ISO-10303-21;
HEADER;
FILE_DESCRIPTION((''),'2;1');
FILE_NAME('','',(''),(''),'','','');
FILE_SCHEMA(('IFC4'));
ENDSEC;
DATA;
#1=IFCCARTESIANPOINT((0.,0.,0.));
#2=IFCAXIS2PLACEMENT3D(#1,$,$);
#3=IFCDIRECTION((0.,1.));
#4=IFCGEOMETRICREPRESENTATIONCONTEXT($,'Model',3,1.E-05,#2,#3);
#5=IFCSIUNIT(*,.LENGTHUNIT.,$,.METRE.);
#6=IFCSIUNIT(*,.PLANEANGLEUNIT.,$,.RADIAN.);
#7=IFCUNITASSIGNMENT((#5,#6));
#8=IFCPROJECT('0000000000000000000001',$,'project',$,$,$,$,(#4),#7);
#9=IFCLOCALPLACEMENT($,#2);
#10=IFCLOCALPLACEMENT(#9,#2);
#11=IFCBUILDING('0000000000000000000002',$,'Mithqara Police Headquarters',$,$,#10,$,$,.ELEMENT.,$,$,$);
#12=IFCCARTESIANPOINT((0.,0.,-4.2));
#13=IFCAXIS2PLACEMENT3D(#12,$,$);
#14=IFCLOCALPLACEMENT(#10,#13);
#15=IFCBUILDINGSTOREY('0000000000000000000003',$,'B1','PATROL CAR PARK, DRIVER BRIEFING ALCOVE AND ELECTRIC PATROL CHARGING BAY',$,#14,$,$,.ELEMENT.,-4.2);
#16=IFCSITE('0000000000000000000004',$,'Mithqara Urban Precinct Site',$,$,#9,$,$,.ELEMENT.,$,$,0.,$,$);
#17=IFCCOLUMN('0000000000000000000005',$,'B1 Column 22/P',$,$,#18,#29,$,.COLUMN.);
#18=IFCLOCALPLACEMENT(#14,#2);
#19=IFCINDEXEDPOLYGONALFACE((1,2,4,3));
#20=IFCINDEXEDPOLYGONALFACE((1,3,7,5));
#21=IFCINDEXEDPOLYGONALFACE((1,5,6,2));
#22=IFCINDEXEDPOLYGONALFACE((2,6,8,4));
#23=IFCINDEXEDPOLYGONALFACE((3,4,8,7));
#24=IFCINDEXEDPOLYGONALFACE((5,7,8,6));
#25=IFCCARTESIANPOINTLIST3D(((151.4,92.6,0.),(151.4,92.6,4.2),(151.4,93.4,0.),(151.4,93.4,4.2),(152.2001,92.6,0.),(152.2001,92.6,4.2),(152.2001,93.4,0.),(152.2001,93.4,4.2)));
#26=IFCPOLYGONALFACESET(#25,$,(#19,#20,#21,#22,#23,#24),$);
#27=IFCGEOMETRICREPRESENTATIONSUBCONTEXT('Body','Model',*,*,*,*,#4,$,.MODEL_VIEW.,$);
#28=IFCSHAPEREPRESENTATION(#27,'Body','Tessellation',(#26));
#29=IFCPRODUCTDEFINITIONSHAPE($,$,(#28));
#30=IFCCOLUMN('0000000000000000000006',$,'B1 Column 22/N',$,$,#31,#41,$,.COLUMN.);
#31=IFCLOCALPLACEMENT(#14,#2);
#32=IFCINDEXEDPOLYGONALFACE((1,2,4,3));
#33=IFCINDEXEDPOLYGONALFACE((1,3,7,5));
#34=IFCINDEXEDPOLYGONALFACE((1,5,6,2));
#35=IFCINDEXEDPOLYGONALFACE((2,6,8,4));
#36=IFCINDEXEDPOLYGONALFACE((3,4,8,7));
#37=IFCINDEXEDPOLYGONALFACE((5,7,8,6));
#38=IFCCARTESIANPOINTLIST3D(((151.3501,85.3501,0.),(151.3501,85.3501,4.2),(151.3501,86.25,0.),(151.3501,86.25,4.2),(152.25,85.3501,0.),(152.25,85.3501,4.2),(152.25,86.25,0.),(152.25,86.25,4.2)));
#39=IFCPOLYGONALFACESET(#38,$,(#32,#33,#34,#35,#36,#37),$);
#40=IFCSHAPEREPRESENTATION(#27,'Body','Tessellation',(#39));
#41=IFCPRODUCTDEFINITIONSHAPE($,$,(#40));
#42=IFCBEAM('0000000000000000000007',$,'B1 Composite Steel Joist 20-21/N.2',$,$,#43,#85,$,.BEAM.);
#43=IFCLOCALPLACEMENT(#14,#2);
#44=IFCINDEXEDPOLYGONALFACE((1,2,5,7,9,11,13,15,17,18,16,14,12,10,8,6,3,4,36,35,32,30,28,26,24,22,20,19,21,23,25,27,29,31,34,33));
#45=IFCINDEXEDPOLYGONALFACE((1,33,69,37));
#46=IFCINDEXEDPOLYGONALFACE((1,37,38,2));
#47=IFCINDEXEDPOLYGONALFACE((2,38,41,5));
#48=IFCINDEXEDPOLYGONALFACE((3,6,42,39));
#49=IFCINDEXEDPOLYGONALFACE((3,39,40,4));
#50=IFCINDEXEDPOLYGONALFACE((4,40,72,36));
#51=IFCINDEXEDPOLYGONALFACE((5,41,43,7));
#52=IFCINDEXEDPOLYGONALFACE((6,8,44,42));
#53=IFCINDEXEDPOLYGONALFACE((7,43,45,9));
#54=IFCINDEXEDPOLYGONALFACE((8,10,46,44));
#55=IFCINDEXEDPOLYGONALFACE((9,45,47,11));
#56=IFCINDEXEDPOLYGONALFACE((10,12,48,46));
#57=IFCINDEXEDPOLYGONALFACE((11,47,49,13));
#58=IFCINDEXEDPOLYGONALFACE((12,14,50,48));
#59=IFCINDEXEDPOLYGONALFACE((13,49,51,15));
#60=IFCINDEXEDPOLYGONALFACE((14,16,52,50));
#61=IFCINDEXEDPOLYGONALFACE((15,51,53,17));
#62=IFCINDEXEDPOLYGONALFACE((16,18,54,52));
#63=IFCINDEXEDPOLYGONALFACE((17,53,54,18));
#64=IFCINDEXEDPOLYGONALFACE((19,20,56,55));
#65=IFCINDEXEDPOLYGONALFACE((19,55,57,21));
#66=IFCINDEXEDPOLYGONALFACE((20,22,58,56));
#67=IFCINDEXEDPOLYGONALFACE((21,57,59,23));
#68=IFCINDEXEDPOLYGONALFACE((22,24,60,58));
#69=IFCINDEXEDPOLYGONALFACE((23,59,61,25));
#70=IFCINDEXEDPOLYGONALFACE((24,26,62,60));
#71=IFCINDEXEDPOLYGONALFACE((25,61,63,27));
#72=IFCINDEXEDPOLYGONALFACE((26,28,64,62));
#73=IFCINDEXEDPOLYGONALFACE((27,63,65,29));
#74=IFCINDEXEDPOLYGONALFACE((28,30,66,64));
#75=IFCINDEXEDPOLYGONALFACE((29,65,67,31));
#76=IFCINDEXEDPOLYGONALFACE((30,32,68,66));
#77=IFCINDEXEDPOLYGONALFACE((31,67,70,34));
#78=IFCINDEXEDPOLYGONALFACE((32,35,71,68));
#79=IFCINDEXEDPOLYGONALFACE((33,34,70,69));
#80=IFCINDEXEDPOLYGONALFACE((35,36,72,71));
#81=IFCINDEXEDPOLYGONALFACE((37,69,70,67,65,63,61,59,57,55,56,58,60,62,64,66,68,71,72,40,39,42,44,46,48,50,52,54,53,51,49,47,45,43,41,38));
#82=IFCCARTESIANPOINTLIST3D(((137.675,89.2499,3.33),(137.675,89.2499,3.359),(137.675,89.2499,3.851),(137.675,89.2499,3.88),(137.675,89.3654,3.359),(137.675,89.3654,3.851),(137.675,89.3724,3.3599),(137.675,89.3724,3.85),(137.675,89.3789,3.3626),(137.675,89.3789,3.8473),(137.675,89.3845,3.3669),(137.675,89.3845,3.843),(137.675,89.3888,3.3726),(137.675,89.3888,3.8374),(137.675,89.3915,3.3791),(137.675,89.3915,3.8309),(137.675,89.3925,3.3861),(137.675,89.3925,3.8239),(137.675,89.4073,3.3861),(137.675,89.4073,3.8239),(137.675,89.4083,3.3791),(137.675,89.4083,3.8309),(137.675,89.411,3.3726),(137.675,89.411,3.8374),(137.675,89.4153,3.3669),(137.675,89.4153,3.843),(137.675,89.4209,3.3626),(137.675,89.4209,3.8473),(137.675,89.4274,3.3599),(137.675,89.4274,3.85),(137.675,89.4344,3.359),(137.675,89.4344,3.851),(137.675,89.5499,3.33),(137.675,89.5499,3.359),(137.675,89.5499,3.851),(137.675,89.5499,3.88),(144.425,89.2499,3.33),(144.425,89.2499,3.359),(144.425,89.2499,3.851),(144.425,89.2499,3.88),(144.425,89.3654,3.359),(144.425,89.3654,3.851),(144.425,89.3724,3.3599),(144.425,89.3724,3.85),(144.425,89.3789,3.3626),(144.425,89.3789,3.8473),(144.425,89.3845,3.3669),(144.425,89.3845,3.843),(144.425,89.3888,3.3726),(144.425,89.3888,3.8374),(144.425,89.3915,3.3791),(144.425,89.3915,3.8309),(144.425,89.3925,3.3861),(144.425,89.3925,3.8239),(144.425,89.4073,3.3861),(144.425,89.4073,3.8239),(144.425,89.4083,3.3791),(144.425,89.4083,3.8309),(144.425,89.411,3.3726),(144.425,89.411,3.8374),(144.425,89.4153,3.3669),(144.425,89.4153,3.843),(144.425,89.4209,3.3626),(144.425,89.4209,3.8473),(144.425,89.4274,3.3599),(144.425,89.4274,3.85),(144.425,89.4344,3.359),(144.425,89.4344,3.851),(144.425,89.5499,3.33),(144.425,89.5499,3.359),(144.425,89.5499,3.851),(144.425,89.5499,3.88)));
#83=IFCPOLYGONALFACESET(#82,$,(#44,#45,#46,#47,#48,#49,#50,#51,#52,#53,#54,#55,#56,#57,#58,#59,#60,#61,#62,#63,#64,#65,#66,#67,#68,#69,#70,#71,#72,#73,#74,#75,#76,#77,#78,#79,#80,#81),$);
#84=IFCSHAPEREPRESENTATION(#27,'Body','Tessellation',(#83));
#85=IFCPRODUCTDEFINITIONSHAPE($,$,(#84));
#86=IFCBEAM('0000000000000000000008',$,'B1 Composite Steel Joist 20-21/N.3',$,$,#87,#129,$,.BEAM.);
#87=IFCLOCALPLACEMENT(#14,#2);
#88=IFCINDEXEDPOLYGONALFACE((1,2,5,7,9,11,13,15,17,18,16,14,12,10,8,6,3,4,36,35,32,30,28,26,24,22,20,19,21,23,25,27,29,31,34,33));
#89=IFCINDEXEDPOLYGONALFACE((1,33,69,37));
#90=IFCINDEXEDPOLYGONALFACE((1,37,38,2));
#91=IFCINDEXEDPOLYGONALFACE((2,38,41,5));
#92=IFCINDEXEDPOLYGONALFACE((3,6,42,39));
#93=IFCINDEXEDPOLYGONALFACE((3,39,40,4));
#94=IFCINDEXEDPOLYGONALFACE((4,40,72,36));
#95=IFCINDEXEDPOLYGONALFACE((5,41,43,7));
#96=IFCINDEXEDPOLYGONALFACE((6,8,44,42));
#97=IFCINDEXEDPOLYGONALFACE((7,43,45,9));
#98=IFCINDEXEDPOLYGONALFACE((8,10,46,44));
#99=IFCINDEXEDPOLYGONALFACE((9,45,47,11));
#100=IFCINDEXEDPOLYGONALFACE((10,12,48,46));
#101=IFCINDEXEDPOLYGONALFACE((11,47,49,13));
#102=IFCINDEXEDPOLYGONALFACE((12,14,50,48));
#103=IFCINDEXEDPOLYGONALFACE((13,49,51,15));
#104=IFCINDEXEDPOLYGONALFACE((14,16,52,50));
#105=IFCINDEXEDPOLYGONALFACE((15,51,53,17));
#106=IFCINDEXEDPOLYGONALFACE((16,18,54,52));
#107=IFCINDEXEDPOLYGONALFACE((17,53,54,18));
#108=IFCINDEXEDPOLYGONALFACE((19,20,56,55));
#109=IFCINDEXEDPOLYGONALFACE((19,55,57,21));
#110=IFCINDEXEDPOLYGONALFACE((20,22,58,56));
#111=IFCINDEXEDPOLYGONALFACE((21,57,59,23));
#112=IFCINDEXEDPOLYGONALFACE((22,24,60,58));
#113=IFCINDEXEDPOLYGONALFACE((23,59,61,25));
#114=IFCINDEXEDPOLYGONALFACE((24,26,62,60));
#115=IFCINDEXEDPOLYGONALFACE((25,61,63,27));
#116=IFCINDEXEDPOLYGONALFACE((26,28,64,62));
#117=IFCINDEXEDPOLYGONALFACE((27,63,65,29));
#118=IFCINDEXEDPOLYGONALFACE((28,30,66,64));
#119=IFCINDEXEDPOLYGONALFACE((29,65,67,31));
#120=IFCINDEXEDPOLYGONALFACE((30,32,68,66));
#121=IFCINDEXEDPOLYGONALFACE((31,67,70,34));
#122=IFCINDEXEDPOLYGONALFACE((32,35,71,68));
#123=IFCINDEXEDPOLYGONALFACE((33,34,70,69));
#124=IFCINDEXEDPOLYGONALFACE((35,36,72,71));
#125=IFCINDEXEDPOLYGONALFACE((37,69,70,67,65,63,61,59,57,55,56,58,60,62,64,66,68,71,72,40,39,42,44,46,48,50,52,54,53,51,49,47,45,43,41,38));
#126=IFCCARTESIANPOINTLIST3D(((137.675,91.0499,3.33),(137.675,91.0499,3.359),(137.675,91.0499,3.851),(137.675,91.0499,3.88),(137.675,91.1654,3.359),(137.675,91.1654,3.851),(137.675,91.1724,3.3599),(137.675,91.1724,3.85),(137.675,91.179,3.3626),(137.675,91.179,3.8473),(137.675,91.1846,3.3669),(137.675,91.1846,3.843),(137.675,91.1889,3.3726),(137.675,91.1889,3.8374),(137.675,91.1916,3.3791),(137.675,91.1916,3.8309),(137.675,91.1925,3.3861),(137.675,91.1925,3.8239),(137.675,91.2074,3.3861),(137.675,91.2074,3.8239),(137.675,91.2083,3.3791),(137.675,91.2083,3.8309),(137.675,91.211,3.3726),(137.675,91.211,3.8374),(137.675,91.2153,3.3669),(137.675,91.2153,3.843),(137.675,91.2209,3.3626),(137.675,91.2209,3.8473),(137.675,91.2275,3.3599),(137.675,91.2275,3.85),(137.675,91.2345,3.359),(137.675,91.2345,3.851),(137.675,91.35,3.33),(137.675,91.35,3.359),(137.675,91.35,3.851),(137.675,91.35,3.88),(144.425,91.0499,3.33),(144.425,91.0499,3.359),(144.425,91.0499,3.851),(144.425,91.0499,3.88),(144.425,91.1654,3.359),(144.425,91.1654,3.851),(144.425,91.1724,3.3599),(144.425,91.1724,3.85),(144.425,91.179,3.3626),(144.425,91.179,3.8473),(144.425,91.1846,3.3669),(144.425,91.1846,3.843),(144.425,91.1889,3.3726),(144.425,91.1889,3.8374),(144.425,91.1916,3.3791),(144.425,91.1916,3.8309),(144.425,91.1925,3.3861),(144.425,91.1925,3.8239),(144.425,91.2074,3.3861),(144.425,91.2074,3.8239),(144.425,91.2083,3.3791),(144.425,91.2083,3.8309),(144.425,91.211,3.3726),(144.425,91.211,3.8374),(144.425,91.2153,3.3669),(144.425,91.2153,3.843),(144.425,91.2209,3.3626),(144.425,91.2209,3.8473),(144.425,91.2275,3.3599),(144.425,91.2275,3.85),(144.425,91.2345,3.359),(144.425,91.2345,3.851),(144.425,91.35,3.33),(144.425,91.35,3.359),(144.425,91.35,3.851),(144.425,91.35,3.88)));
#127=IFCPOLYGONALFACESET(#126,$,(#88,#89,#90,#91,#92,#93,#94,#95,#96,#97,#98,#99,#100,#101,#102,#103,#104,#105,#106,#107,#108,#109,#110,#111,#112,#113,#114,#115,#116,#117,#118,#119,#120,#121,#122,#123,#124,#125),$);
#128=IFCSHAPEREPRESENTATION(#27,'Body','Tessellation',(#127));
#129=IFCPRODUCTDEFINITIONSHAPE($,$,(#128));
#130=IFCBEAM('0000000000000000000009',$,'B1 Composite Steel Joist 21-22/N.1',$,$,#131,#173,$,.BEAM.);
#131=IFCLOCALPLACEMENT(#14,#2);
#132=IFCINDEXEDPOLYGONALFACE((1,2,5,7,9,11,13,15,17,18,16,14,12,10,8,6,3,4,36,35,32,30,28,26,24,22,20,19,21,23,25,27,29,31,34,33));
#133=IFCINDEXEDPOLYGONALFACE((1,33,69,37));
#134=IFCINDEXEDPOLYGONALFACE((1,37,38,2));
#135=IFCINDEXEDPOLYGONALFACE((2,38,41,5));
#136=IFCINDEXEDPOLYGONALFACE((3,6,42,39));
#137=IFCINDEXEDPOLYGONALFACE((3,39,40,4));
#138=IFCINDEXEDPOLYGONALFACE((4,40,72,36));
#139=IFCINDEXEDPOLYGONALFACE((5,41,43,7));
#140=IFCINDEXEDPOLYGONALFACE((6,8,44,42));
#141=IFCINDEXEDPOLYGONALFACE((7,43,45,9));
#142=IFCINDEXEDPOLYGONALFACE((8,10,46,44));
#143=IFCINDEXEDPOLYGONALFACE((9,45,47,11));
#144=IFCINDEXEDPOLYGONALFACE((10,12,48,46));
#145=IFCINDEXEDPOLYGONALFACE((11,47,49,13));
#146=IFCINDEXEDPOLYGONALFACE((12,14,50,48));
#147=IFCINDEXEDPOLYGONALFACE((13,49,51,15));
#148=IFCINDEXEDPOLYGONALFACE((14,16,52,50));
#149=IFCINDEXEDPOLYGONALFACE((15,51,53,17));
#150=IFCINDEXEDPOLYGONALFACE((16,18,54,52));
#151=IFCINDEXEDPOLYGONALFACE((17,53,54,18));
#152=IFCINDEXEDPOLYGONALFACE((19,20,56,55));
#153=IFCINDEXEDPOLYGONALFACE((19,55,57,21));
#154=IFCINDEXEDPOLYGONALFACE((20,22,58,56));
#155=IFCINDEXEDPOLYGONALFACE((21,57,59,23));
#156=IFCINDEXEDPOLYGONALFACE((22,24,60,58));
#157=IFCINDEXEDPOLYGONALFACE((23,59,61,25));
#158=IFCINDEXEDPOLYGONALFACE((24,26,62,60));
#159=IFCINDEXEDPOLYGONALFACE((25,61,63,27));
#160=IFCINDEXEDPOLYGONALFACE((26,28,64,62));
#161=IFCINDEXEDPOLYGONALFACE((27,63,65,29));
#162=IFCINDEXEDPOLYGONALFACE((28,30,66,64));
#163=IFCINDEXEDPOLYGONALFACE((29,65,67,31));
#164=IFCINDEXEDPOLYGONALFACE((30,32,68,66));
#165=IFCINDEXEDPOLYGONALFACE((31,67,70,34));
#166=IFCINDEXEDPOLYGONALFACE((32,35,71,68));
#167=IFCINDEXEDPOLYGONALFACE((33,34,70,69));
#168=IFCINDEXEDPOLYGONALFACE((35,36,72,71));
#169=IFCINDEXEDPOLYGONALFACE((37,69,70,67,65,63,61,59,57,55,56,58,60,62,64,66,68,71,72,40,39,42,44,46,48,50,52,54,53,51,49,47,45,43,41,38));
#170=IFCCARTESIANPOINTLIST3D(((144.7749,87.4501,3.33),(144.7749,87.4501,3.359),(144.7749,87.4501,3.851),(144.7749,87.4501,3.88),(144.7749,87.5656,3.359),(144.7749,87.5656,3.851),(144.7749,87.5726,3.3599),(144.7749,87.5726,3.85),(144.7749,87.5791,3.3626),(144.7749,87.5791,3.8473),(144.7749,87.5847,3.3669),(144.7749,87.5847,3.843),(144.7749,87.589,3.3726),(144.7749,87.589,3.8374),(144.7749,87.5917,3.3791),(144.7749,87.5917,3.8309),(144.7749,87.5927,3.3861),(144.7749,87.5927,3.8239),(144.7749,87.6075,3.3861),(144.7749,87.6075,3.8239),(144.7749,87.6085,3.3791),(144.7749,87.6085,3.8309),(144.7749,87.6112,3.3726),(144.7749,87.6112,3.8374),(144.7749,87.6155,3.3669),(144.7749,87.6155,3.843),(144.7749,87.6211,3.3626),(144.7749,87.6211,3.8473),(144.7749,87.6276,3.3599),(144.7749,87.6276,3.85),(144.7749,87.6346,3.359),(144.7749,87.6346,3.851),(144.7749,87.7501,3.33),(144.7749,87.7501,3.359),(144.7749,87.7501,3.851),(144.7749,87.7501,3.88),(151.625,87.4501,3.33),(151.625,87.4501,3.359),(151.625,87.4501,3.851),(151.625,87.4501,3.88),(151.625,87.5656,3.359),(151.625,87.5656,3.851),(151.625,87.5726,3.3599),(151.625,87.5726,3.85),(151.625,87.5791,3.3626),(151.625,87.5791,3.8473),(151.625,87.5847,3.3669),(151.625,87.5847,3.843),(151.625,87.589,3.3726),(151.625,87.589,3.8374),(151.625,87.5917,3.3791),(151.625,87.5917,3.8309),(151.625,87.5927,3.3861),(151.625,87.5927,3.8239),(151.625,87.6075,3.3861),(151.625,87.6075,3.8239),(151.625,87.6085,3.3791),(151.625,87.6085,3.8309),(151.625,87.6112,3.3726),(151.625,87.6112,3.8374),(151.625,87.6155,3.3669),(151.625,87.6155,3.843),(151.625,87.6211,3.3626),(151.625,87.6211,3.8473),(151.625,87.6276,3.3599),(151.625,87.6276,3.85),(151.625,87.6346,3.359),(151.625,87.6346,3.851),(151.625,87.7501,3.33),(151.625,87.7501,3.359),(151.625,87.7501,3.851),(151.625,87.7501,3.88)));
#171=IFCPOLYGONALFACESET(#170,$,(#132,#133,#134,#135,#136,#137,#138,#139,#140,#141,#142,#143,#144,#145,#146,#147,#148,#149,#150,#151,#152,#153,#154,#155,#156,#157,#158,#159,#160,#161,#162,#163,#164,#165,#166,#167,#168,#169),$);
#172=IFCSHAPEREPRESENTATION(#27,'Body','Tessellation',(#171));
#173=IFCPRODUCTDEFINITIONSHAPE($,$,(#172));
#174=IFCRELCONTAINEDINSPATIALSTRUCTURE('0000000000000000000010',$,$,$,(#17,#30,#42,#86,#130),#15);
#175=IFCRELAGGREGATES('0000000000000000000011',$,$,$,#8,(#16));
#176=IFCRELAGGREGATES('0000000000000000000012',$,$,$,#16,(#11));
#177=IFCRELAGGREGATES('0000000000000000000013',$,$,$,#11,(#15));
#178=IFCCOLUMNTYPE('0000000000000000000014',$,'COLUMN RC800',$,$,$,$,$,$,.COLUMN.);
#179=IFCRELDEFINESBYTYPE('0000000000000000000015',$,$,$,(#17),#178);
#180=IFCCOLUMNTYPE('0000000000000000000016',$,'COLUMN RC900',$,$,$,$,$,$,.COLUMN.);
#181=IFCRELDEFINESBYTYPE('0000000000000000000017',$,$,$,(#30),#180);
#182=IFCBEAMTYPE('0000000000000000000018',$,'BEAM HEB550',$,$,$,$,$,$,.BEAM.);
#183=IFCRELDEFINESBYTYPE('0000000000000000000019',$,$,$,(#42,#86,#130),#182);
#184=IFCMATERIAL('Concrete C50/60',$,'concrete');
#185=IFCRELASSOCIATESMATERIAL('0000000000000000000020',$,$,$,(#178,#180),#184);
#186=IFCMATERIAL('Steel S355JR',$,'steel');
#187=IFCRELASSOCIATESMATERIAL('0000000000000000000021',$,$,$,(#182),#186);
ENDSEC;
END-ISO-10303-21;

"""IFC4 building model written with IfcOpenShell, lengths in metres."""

from ifc_helpers import new_model, si_unit, direction, frame, origin, origin_2d, place, context, subcontext, project, spatial, rectangle, i_section, extrude, material, material_profile, profile_set, type_object, element, save


model = new_model("IFC4")

# Units and contexts
model_context = context("Model", 3, precision=1e-05, world=origin(), true_north=direction((0.0, 1.0)))
body_context = subcontext(model_context, "Body", "Model", "MODEL_VIEW")
ifc_project = project(units=[si_unit("LENGTHUNIT", "METRE"), si_unit("PLANEANGLEUNIT", "RADIAN")], contexts=[model_context])

# Site, building, storey
site_placement = place(None, origin())
site = spatial("IfcSite", under=ifc_project, at=site_placement, Name="Mithqara Urban Precinct Site", CompositionType="ELEMENT", RefElevation=0.0)
building_placement = place(site_placement, origin())
building = spatial("IfcBuilding", under=site, at=building_placement, Name="Mithqara Police Headquarters", CompositionType="ELEMENT")
storey_placement = place(building_placement, frame((0.0, 0.0, -4.2)))
storey = spatial("IfcBuildingStorey", under=building, at=storey_placement, Name="B1", Description="PATROL CAR PARK, DRIVER BRIEFING ALCOVE AND ELECTRIC PATROL CHARGING BAY", CompositionType="ELEMENT", Elevation=-4.2)

# Columns
ifc_material_1 = material(Name="Concrete C50/60", Category="concrete")
ifc_material_profile_1 = material_profile(ifc_material_1, rectangle(XDim=0.8, YDim=0.8, at=origin_2d()), Name="RC 800x800")
ifc_profile_set_1 = profile_set([ifc_material_profile_1], Name="Concrete C50/60")
column_type_1 = type_object("IfcColumnType", Name="COLUMN RC800", PredefinedType="COLUMN", material=ifc_profile_set_1)
column_1_placement = place(storey_placement, frame((151.8, 93.0, 0.0), z_axis=(0.0, 0.0, 1.0), x_axis=(1.0, 0.0, 0.0)))
element("IfcColumn", 1, at=column_1_placement, inside=storey, type_object=column_type_1, Name="B1 Column 22/P", PredefinedType="COLUMN", context=body_context, shape_type="SweptSolid", body=[
    extrude(rectangle(XDim=0.8, YDim=0.8, at=origin_2d()), origin(), (0.0, 0.0, 1.0), 4.2),
])
ifc_material_profile_2 = material_profile(ifc_material_1, rectangle(XDim=0.8999, YDim=0.8999, at=origin_2d()), Name="RC 900x900")
ifc_profile_set_2 = profile_set([ifc_material_profile_2], Name="Concrete C50/60")
column_type_2 = type_object("IfcColumnType", Name="COLUMN RC900", PredefinedType="COLUMN", material=ifc_profile_set_2)
column_2_placement = place(storey_placement, frame((151.8, 85.8, 0.0), z_axis=(0.0, 0.0, 1.0), x_axis=(1.0, 0.0, 0.0)))
element("IfcColumn", 2, at=column_2_placement, inside=storey, type_object=column_type_2, Name="B1 Column 22/N", PredefinedType="COLUMN", context=body_context, shape_type="SweptSolid", body=[
    extrude(rectangle(XDim=0.8999, YDim=0.8999, at=origin_2d()), origin(), (0.0, 0.0, 1.0), 4.2),
])

# Beams
ifc_material_2 = material(Name="Steel S355JR", Category="steel")
ifc_material_profile_3 = material_profile(ifc_material_2, i_section(OverallWidth=0.3, OverallDepth=0.55, WebThickness=0.0149, FlangeThickness=0.0291, FilletRadius=0.0271, at=origin_2d()), Name="HEB 550")
ifc_profile_set_3 = profile_set([ifc_material_profile_3], Name="Steel S355JR")
beam_type_1 = type_object("IfcBeamType", Name="BEAM HEB550", PredefinedType="BEAM", material=ifc_profile_set_3)
for number, where, z_axis, x_axis, name in (
    (3, (137.675, 89.3999, 3.605), (1.0, 0.0, 0.0), (0.0, 1.0, 0.0), "B1 Composite Steel Joist 20-21/N.2"),
    (4, (137.675, 91.2, 3.605), (1.0, 0.0, 0.0), (0.0, 1.0, 0.0), "B1 Composite Steel Joist 20-21/N.3"),
):
    element("IfcBeam", number, at=place(storey_placement, frame(where, z_axis=z_axis, x_axis=x_axis)), inside=storey, type_object=beam_type_1, Name=name, PredefinedType="BEAM", context=body_context, shape_type="SweptSolid", body=[
        extrude(i_section(OverallWidth=0.3, OverallDepth=0.55, WebThickness=0.0149, FlangeThickness=0.0291, FilletRadius=0.0271, at=origin_2d()), origin(), (0.0, 0.0, 1.0), 6.75),
    ])
for number, where, z_axis, x_axis, name in (
    (5, (144.7749, 87.6001, 3.605), (1.0, 0.0, 0.0), (0.0, 1.0, 0.0), "B1 Composite Steel Joist 21-22/N.1"),
):
    element("IfcBeam", number, at=place(storey_placement, frame(where, z_axis=z_axis, x_axis=x_axis)), inside=storey, type_object=beam_type_1, Name=name, PredefinedType="BEAM", context=body_context, shape_type="SweptSolid", body=[
        extrude(i_section(OverallWidth=0.3, OverallDepth=0.55, WebThickness=0.0149, FlangeThickness=0.0291, FilletRadius=0.0271, at=origin_2d()), origin(), (0.0, 0.0, 1.0), 6.8501),
    ])

save(model, "model.ifc")
